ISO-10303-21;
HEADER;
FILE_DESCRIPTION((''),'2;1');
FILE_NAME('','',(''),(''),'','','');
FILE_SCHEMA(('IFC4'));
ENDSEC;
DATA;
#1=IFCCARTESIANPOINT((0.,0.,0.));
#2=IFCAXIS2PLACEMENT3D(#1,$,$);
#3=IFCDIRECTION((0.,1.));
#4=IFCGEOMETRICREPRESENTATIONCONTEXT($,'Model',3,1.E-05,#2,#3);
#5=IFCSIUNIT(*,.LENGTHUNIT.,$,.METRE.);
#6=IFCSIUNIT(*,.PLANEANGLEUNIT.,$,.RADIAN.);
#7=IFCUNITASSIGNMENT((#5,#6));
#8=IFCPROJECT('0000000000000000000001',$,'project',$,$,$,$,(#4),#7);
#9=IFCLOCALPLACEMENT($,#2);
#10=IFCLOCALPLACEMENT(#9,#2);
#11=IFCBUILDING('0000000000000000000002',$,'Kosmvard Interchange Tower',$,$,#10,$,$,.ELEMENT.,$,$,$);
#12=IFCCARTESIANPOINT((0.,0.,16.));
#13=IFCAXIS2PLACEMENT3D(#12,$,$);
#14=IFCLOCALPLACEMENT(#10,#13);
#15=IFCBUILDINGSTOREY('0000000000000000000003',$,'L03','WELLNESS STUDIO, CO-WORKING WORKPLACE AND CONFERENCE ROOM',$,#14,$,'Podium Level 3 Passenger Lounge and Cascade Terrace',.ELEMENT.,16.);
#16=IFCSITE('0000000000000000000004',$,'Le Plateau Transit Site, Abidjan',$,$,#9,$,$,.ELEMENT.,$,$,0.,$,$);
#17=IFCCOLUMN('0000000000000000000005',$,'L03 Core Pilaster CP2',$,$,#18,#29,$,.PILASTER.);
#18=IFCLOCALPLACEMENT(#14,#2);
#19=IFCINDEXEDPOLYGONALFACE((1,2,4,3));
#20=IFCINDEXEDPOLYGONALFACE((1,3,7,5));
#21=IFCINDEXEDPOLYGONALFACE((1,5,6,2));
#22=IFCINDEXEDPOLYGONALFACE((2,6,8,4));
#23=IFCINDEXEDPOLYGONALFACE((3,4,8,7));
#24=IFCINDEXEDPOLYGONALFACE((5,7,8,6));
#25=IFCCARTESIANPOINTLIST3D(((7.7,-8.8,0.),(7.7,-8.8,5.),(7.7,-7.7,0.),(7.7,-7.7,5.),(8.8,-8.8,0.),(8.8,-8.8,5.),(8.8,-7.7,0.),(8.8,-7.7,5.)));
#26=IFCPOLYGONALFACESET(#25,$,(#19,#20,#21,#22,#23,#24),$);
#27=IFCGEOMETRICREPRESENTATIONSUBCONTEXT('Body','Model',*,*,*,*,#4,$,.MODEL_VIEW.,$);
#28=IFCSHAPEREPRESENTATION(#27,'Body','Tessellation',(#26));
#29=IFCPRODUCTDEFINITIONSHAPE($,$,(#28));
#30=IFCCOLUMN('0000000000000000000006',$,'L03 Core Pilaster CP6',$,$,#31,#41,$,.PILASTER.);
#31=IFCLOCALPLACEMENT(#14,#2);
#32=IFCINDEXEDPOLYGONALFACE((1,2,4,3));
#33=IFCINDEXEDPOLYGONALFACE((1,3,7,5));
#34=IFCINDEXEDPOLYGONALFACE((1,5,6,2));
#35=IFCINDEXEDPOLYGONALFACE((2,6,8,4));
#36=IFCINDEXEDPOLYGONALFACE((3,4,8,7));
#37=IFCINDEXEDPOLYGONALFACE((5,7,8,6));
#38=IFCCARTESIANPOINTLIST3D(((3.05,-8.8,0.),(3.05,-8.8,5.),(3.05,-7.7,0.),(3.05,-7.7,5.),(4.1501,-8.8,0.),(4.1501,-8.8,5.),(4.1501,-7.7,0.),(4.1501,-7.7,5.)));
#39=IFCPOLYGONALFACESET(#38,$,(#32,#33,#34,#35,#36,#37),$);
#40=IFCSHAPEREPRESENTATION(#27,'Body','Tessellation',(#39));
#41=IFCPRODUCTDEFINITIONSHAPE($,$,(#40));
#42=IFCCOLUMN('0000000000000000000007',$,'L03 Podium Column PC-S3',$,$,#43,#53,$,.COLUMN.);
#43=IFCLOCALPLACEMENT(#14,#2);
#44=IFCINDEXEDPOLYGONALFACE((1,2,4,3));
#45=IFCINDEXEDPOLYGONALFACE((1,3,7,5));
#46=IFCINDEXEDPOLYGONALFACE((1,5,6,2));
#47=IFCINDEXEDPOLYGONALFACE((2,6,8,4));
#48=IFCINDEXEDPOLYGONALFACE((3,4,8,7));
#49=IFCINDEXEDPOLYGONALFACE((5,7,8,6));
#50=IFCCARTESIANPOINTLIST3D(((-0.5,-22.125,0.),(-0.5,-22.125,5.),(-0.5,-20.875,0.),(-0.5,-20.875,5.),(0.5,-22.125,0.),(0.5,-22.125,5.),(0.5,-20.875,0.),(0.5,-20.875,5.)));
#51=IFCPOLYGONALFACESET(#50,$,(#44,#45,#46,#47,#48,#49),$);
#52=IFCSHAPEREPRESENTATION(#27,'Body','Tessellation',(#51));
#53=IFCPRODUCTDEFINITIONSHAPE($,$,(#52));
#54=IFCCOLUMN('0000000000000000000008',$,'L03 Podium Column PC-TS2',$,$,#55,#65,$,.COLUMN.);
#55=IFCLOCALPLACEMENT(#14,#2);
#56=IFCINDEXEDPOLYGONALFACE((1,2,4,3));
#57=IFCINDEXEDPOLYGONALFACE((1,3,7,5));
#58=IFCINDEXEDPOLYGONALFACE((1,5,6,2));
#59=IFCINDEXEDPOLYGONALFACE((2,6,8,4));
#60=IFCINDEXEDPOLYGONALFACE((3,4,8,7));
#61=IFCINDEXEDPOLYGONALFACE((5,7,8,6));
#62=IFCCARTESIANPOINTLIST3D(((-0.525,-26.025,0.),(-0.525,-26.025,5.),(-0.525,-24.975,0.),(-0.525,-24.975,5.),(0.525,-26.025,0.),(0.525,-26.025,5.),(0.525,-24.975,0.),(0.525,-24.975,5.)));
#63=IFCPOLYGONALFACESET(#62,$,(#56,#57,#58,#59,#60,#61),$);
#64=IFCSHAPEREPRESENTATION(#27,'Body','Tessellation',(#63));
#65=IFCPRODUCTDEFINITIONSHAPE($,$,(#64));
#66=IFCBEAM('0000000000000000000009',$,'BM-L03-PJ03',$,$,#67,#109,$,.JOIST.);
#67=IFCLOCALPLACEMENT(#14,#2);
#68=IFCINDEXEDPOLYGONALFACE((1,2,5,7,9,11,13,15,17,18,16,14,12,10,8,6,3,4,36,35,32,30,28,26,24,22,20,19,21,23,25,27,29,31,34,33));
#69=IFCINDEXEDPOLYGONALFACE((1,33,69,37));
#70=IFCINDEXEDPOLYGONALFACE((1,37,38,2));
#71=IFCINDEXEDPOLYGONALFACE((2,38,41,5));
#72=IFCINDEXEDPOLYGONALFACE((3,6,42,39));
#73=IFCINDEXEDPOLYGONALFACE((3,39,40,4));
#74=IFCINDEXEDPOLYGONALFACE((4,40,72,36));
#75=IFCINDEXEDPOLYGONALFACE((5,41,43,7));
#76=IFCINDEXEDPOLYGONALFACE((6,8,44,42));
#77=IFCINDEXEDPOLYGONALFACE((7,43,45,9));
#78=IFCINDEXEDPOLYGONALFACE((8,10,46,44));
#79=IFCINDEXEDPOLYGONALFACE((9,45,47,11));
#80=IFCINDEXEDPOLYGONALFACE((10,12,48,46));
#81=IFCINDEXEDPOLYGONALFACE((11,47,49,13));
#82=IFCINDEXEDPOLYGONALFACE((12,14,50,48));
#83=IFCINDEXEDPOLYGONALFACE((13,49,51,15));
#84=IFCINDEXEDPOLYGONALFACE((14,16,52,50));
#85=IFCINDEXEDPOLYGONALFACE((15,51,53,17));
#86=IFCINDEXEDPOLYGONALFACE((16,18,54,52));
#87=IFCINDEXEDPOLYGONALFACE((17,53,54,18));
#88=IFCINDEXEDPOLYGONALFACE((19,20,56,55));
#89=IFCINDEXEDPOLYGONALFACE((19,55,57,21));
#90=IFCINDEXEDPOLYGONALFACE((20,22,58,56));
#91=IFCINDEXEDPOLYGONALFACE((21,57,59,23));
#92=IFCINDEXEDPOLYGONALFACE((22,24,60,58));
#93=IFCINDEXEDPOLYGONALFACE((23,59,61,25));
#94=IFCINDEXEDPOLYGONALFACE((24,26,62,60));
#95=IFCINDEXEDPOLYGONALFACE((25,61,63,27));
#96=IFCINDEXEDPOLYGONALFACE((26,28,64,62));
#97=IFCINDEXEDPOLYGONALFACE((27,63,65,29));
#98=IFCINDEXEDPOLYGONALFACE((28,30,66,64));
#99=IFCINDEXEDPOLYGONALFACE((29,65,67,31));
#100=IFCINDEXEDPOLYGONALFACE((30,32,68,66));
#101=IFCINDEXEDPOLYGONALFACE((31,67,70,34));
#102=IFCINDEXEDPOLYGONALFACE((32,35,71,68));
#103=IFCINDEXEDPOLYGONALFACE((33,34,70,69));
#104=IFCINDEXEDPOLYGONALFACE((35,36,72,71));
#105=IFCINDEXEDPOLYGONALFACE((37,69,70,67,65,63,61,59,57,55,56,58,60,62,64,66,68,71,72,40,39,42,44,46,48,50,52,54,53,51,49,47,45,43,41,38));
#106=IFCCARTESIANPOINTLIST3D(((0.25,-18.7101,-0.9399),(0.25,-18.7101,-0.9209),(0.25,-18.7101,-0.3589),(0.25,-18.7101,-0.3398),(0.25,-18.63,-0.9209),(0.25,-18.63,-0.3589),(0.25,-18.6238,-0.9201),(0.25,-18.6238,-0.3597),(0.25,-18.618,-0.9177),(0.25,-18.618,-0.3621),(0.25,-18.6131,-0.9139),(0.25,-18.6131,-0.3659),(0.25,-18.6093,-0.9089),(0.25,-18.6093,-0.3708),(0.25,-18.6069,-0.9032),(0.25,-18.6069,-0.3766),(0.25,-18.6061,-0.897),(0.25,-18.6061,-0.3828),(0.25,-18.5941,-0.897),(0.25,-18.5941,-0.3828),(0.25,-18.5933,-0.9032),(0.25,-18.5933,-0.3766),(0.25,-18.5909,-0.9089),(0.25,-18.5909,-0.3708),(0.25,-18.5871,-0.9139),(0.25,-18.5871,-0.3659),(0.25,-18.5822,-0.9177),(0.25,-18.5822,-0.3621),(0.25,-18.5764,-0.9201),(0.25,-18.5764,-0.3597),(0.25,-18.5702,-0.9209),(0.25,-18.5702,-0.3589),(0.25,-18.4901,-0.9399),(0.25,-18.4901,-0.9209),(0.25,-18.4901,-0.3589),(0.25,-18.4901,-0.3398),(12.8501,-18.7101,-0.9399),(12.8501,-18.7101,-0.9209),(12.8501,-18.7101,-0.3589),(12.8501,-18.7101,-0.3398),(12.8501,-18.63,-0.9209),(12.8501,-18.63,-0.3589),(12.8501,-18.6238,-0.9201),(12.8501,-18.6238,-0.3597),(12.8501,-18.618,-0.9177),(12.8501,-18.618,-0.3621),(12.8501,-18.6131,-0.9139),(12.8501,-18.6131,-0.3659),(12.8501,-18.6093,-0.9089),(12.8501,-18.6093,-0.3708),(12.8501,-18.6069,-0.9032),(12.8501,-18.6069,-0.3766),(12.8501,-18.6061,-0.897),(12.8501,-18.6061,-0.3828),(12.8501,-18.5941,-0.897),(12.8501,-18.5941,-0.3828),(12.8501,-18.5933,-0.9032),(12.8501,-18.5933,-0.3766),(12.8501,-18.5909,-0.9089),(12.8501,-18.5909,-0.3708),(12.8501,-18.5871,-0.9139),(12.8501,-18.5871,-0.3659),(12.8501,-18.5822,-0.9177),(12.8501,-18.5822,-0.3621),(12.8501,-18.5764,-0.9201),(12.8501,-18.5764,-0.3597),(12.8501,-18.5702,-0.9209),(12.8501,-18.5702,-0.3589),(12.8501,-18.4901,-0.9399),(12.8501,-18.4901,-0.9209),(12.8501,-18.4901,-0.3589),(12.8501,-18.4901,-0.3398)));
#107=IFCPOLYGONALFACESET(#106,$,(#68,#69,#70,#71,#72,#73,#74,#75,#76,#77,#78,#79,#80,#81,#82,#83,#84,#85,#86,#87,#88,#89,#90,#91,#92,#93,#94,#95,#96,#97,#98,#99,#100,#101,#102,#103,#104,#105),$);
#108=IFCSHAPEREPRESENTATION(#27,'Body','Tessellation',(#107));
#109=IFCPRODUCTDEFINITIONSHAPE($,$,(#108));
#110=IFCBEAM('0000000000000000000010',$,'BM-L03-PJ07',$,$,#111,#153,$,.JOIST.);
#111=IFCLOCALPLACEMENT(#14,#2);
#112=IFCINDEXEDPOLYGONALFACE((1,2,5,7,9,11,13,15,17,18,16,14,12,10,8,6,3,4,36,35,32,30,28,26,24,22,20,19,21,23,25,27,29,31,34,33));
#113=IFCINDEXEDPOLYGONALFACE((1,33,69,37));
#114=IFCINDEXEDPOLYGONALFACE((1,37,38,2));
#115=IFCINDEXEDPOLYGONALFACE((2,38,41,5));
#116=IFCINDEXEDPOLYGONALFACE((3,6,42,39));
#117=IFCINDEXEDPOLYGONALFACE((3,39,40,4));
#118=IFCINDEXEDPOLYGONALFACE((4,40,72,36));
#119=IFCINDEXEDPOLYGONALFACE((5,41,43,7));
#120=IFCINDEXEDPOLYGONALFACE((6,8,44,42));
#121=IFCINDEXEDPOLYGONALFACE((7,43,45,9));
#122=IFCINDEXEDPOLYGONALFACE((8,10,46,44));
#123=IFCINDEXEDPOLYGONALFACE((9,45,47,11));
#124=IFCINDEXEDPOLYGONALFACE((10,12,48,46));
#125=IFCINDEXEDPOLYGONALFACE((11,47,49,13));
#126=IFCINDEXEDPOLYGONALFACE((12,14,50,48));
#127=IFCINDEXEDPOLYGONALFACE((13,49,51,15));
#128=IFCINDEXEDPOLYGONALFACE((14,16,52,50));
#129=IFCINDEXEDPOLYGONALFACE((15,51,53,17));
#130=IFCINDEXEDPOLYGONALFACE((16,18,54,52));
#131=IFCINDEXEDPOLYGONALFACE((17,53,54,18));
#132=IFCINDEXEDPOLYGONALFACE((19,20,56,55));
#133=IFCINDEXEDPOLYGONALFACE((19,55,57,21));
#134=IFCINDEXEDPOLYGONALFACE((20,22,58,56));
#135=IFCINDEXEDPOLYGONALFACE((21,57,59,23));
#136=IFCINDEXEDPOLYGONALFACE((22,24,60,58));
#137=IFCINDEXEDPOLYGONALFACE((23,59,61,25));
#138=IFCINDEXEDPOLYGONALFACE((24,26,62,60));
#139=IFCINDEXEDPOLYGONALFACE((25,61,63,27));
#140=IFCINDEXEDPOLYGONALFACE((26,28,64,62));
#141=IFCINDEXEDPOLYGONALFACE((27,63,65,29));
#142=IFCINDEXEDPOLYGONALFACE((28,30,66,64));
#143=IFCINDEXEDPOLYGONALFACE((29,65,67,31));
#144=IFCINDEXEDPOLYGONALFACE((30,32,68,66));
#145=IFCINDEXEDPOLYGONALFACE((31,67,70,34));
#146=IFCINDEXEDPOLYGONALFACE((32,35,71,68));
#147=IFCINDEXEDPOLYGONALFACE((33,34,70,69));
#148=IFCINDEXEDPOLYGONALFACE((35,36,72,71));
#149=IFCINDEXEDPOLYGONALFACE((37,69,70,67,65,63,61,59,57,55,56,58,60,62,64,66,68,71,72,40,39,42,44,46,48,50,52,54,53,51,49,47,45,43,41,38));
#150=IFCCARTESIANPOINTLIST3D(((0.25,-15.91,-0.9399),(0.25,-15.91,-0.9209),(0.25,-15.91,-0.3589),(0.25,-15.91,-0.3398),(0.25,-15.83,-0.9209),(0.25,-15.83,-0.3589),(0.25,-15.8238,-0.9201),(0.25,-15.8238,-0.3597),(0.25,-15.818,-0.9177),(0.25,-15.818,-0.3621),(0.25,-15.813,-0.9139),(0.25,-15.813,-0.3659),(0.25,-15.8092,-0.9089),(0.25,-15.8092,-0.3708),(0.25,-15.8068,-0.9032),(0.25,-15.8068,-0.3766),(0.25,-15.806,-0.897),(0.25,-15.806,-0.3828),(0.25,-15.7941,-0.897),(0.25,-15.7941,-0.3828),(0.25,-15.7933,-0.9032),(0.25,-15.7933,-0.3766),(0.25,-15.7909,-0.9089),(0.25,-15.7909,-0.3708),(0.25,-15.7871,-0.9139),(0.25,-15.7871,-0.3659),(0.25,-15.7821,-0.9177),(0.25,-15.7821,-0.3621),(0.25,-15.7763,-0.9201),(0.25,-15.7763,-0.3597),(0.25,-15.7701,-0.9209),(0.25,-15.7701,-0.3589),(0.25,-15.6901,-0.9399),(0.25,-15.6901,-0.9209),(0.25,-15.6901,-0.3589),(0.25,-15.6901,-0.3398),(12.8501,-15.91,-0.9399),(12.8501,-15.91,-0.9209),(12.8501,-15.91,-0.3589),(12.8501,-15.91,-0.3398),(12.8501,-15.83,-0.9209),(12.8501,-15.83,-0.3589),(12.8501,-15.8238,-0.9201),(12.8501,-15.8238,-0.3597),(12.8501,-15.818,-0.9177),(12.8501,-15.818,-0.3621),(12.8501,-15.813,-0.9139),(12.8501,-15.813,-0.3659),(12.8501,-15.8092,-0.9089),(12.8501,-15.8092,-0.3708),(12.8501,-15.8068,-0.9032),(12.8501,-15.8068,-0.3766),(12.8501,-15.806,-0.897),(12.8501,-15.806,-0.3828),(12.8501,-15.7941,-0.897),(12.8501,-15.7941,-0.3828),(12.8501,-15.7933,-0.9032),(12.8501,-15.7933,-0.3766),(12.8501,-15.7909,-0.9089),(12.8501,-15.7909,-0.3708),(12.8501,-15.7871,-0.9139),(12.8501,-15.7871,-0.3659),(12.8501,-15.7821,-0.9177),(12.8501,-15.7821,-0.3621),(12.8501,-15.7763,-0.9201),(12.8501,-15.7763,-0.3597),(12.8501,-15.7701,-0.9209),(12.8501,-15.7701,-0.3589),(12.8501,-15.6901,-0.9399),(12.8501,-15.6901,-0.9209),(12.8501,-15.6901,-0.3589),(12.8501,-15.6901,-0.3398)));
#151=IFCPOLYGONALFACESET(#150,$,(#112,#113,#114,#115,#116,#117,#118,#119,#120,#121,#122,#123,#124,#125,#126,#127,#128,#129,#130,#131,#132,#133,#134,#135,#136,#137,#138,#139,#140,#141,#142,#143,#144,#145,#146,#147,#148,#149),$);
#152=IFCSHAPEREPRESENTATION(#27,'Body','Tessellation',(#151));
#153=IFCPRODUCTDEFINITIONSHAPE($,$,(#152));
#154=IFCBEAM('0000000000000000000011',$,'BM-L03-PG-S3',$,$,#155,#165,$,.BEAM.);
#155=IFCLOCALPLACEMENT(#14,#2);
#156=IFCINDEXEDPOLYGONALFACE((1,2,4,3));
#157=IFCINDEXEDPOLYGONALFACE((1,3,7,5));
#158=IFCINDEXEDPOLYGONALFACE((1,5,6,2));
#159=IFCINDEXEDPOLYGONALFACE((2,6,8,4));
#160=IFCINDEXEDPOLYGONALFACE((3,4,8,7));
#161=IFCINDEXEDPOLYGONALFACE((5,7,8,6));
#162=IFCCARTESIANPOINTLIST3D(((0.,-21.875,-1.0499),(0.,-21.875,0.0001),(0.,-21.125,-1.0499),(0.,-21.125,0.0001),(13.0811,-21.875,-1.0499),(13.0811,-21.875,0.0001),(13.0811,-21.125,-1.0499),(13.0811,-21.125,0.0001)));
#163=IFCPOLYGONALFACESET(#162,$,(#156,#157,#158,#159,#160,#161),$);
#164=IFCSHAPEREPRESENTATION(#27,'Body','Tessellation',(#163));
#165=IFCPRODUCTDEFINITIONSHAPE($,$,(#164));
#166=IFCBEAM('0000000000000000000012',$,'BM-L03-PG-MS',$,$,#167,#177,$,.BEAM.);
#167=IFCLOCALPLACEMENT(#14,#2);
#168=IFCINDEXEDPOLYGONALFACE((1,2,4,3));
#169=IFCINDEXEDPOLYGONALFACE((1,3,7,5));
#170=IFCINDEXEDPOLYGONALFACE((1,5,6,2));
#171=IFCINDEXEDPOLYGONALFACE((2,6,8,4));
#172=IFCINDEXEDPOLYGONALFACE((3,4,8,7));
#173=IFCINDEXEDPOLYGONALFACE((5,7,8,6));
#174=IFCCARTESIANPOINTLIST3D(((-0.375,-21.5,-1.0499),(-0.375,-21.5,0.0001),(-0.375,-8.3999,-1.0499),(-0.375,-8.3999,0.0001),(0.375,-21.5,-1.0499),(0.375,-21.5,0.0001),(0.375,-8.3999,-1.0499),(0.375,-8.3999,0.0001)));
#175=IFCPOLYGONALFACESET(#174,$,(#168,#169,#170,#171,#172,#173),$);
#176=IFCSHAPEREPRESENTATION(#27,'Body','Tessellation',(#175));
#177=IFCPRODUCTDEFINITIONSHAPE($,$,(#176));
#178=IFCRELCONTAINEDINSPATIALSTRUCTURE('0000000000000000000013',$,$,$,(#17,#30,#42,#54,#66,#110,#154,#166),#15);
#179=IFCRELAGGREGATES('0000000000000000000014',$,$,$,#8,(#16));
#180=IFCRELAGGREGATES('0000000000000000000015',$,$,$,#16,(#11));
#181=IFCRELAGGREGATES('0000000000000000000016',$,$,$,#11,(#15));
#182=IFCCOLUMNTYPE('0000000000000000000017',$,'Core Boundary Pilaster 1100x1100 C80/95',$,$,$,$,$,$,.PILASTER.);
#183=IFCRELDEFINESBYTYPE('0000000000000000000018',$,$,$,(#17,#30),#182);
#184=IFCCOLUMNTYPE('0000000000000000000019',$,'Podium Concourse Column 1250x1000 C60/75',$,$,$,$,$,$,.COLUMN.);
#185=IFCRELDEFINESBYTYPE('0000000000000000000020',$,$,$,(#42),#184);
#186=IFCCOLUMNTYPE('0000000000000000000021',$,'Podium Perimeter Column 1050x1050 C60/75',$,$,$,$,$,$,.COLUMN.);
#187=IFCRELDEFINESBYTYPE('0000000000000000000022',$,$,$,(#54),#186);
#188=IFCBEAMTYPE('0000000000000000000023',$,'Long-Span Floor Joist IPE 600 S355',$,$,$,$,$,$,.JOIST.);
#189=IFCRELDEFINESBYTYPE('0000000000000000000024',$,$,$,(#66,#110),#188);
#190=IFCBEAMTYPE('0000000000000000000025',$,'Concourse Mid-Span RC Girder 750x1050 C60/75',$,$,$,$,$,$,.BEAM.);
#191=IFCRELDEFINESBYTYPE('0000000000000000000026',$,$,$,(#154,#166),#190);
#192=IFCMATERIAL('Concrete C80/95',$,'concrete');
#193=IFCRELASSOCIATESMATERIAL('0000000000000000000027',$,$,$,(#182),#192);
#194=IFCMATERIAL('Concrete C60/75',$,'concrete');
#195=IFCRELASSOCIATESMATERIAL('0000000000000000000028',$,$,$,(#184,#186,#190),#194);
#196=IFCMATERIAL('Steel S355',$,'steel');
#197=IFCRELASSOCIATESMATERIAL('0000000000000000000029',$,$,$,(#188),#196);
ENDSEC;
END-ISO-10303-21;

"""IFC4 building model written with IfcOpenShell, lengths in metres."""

from ifc_helpers import new_model, si_unit, direction, frame, origin, origin_2d, place, context, subcontext, project, spatial, rectangle, i_section, extrude, source, transform, mapped, material, material_profile, profile_set, type_object, element, save


model = new_model("IFC4")

# Units and contexts
model_context = context("Model", 3, precision=1e-05, world=origin(), true_north=direction((0.0, 1.0)))
body_context = subcontext(model_context, "Body", "Model", "MODEL_VIEW")
ifc_project = project(units=[si_unit("LENGTHUNIT", "METRE"), si_unit("PLANEANGLEUNIT", "RADIAN")], contexts=[model_context])

# Site, building, storey
site_placement = place(None, origin())
site = spatial("IfcSite", under=ifc_project, at=site_placement, Name="Le Plateau Transit Site, Abidjan", CompositionType="ELEMENT", RefElevation=0.0)
building_placement = place(site_placement, origin())
building = spatial("IfcBuilding", under=site, at=building_placement, Name="Kosmvard Interchange Tower", CompositionType="ELEMENT")
storey_placement = place(building_placement, frame((0.0, 0.0, 16.0)))
storey = spatial("IfcBuildingStorey", under=building, at=storey_placement, Name="L03", Description="WELLNESS STUDIO, CO-WORKING WORKPLACE AND CONFERENCE ROOM", LongName="Podium Level 3 Passenger Lounge and Cascade Terrace", CompositionType="ELEMENT", Elevation=16.0)

# Columns
ifc_material_1 = material(Name="Concrete C80/95", Category="concrete")
ifc_material_profile_1 = material_profile(ifc_material_1, rectangle(XDim=1.1001, YDim=1.1001, at=origin_2d()), Name="CP 1100x1100")
ifc_profile_set_1 = profile_set([ifc_material_profile_1], Name="Concrete C80/95")
column_type_1 = type_object("IfcColumnType", Name="Core Boundary Pilaster 1100x1100 C80/95", PredefinedType="PILASTER", material=ifc_profile_set_1)
shared_shape_1 = source(origin(), body_context, "Body", "SweptSolid", [
    extrude(rectangle(XDim=1.1001, YDim=1.1001, at=origin_2d()), origin(), (0.0, 0.0, 1.0), 5.0),
])
for number, where, z_axis, x_axis, name in (
    (1, (8.25, -8.25, 0.0), (0.0, 0.0, 1.0), (1.0, 0.0, 0.0), "L03 Core Pilaster CP2"),
    (2, (3.6001, -8.25, 0.0), (0.0, 0.0, 1.0), (1.0, 0.0, 0.0), "L03 Core Pilaster CP6"),
):
    element("IfcColumn", number, at=place(storey_placement, frame(where, z_axis=z_axis, x_axis=x_axis)), inside=storey, type_object=column_type_1, Name=name, PredefinedType="PILASTER", context=body_context, shape_type="MappedRepresentation", body=[
        mapped(shared_shape_1, transform((0.0, 0.0, 0.0), scale=1.0)),
    ])
ifc_material_2 = material(Name="Concrete C60/75", Category="concrete")
ifc_material_profile_2 = material_profile(ifc_material_2, rectangle(XDim=1.0, YDim=1.25, at=origin_2d()), Name="PC 1250x1000")
ifc_profile_set_2 = profile_set([ifc_material_profile_2], Name="Concrete C60/75")
column_type_2 = type_object("IfcColumnType", Name="Podium Concourse Column 1250x1000 C60/75", PredefinedType="COLUMN", material=ifc_profile_set_2)
shared_shape_2 = source(origin(), body_context, "Body", "SweptSolid", [
    extrude(rectangle(XDim=1.0, YDim=1.25, at=origin_2d()), origin(), (0.0, 0.0, 1.0), 5.0),
])
column_1_placement = place(storey_placement, frame((0.0, -21.5, 0.0), z_axis=(0.0, 0.0, 1.0), x_axis=(1.0, 0.0, 0.0)))
element("IfcColumn", 3, at=column_1_placement, inside=storey, type_object=column_type_2, Name="L03 Podium Column PC-S3", PredefinedType="COLUMN", context=body_context, shape_type="MappedRepresentation", body=[
    mapped(shared_shape_2, transform((0.0, 0.0, 0.0), scale=1.0)),
])
ifc_material_profile_3 = material_profile(ifc_material_2, rectangle(XDim=1.05, YDim=1.05, at=origin_2d()), Name="PC 1050x1050")
ifc_profile_set_3 = profile_set([ifc_material_profile_3], Name="Concrete C60/75")
column_type_3 = type_object("IfcColumnType", Name="Podium Perimeter Column 1050x1050 C60/75", PredefinedType="COLUMN", material=ifc_profile_set_3)
shared_shape_3 = source(origin(), body_context, "Body", "SweptSolid", [
    extrude(rectangle(XDim=1.05, YDim=1.05, at=origin_2d()), origin(), (0.0, 0.0, 1.0), 5.0),
])
column_2_placement = place(storey_placement, frame((0.0, -25.5, 0.0), z_axis=(0.0, 0.0, 1.0), x_axis=(1.0, 0.0, 0.0)))
element("IfcColumn", 4, at=column_2_placement, inside=storey, type_object=column_type_3, Name="L03 Podium Column PC-TS2", PredefinedType="COLUMN", context=body_context, shape_type="MappedRepresentation", body=[
    mapped(shared_shape_3, transform((0.0, 0.0, 0.0), scale=1.0)),
])

# Beams
ifc_material_3 = material(Name="Steel S355", Category="steel")
ifc_material_profile_4 = material_profile(ifc_material_3, i_section(OverallWidth=0.22, OverallDepth=0.6001, WebThickness=0.012, FlangeThickness=0.019, FilletRadius=0.0239, at=origin_2d()), Name="IPE 600")
ifc_profile_set_4 = profile_set([ifc_material_profile_4], Name="Steel S355")
beam_type_1 = type_object("IfcBeamType", Name="Long-Span Floor Joist IPE 600 S355", PredefinedType="JOIST", material=ifc_profile_set_4)
shared_shape_4 = source(origin(), body_context, "Body", "SweptSolid", [
    extrude(i_section(OverallWidth=0.22, OverallDepth=0.6001, WebThickness=0.012, FlangeThickness=0.019, FilletRadius=0.0239, at=origin_2d()), origin(), (0.0, 0.0, 1.0), 12.6001),
])
for number, where, z_axis, x_axis, name in (
    (5, (0.25, -18.6001, -0.6399), (1.0, 0.0, 0.0), (0.0, 1.0, 0.0), "BM-L03-PJ03"),
    (6, (0.25, -15.8, -0.6399), (1.0, 0.0, 0.0), (0.0, 1.0, 0.0), "BM-L03-PJ07"),
):
    element("IfcBeam", number, at=place(storey_placement, frame(where, z_axis=z_axis, x_axis=x_axis)), inside=storey, type_object=beam_type_1, Name=name, PredefinedType="JOIST", context=body_context, shape_type="MappedRepresentation", body=[
        mapped(shared_shape_4, transform((0.0, 0.0, 0.0), scale=1.0)),
    ])
ifc_material_profile_5 = material_profile(ifc_material_2, rectangle(XDim=0.75, YDim=1.05, at=origin_2d()), Name="RCG 750x1050")
ifc_profile_set_5 = profile_set([ifc_material_profile_5], Name="Concrete C60/75")
beam_type_2 = type_object("IfcBeamType", Name="Concourse Mid-Span RC Girder 750x1050 C60/75", PredefinedType="BEAM", material=ifc_profile_set_5)
shared_shape_5 = source(origin(), body_context, "Body", "SweptSolid", [
    extrude(rectangle(XDim=0.75, YDim=1.05, at=origin_2d()), origin(), (0.0, 0.0, 1.0), 13.0811),
])
beam_1_placement = place(storey_placement, frame((0.0, -21.5, -0.5249), z_axis=(1.0, 0.0, 0.0), x_axis=(0.0, 1.0, 0.0)))
element("IfcBeam", 7, at=beam_1_placement, inside=storey, type_object=beam_type_2, Name="BM-L03-PG-S3", PredefinedType="BEAM", context=body_context, shape_type="MappedRepresentation", body=[
    mapped(shared_shape_5, transform((0.0, 0.0, 0.0), scale=1.0)),
])
shared_shape_6 = source(origin(), body_context, "Body", "SweptSolid", [
    extrude(rectangle(XDim=0.75, YDim=1.05, at=origin_2d()), origin(), (0.0, 0.0, 1.0), 13.1001),
])
beam_2_placement = place(storey_placement, frame((0.0, -21.5, -0.5249), z_axis=(0.0, 1.0, 0.0), x_axis=(-1.0, 0.0, 0.0)))
element("IfcBeam", 8, at=beam_2_placement, inside=storey, type_object=beam_type_2, Name="BM-L03-PG-MS", PredefinedType="BEAM", context=body_context, shape_type="MappedRepresentation", body=[
    mapped(shared_shape_6, transform((0.0, 0.0, 0.0), scale=1.0)),
])

save(model, "model.ifc")
